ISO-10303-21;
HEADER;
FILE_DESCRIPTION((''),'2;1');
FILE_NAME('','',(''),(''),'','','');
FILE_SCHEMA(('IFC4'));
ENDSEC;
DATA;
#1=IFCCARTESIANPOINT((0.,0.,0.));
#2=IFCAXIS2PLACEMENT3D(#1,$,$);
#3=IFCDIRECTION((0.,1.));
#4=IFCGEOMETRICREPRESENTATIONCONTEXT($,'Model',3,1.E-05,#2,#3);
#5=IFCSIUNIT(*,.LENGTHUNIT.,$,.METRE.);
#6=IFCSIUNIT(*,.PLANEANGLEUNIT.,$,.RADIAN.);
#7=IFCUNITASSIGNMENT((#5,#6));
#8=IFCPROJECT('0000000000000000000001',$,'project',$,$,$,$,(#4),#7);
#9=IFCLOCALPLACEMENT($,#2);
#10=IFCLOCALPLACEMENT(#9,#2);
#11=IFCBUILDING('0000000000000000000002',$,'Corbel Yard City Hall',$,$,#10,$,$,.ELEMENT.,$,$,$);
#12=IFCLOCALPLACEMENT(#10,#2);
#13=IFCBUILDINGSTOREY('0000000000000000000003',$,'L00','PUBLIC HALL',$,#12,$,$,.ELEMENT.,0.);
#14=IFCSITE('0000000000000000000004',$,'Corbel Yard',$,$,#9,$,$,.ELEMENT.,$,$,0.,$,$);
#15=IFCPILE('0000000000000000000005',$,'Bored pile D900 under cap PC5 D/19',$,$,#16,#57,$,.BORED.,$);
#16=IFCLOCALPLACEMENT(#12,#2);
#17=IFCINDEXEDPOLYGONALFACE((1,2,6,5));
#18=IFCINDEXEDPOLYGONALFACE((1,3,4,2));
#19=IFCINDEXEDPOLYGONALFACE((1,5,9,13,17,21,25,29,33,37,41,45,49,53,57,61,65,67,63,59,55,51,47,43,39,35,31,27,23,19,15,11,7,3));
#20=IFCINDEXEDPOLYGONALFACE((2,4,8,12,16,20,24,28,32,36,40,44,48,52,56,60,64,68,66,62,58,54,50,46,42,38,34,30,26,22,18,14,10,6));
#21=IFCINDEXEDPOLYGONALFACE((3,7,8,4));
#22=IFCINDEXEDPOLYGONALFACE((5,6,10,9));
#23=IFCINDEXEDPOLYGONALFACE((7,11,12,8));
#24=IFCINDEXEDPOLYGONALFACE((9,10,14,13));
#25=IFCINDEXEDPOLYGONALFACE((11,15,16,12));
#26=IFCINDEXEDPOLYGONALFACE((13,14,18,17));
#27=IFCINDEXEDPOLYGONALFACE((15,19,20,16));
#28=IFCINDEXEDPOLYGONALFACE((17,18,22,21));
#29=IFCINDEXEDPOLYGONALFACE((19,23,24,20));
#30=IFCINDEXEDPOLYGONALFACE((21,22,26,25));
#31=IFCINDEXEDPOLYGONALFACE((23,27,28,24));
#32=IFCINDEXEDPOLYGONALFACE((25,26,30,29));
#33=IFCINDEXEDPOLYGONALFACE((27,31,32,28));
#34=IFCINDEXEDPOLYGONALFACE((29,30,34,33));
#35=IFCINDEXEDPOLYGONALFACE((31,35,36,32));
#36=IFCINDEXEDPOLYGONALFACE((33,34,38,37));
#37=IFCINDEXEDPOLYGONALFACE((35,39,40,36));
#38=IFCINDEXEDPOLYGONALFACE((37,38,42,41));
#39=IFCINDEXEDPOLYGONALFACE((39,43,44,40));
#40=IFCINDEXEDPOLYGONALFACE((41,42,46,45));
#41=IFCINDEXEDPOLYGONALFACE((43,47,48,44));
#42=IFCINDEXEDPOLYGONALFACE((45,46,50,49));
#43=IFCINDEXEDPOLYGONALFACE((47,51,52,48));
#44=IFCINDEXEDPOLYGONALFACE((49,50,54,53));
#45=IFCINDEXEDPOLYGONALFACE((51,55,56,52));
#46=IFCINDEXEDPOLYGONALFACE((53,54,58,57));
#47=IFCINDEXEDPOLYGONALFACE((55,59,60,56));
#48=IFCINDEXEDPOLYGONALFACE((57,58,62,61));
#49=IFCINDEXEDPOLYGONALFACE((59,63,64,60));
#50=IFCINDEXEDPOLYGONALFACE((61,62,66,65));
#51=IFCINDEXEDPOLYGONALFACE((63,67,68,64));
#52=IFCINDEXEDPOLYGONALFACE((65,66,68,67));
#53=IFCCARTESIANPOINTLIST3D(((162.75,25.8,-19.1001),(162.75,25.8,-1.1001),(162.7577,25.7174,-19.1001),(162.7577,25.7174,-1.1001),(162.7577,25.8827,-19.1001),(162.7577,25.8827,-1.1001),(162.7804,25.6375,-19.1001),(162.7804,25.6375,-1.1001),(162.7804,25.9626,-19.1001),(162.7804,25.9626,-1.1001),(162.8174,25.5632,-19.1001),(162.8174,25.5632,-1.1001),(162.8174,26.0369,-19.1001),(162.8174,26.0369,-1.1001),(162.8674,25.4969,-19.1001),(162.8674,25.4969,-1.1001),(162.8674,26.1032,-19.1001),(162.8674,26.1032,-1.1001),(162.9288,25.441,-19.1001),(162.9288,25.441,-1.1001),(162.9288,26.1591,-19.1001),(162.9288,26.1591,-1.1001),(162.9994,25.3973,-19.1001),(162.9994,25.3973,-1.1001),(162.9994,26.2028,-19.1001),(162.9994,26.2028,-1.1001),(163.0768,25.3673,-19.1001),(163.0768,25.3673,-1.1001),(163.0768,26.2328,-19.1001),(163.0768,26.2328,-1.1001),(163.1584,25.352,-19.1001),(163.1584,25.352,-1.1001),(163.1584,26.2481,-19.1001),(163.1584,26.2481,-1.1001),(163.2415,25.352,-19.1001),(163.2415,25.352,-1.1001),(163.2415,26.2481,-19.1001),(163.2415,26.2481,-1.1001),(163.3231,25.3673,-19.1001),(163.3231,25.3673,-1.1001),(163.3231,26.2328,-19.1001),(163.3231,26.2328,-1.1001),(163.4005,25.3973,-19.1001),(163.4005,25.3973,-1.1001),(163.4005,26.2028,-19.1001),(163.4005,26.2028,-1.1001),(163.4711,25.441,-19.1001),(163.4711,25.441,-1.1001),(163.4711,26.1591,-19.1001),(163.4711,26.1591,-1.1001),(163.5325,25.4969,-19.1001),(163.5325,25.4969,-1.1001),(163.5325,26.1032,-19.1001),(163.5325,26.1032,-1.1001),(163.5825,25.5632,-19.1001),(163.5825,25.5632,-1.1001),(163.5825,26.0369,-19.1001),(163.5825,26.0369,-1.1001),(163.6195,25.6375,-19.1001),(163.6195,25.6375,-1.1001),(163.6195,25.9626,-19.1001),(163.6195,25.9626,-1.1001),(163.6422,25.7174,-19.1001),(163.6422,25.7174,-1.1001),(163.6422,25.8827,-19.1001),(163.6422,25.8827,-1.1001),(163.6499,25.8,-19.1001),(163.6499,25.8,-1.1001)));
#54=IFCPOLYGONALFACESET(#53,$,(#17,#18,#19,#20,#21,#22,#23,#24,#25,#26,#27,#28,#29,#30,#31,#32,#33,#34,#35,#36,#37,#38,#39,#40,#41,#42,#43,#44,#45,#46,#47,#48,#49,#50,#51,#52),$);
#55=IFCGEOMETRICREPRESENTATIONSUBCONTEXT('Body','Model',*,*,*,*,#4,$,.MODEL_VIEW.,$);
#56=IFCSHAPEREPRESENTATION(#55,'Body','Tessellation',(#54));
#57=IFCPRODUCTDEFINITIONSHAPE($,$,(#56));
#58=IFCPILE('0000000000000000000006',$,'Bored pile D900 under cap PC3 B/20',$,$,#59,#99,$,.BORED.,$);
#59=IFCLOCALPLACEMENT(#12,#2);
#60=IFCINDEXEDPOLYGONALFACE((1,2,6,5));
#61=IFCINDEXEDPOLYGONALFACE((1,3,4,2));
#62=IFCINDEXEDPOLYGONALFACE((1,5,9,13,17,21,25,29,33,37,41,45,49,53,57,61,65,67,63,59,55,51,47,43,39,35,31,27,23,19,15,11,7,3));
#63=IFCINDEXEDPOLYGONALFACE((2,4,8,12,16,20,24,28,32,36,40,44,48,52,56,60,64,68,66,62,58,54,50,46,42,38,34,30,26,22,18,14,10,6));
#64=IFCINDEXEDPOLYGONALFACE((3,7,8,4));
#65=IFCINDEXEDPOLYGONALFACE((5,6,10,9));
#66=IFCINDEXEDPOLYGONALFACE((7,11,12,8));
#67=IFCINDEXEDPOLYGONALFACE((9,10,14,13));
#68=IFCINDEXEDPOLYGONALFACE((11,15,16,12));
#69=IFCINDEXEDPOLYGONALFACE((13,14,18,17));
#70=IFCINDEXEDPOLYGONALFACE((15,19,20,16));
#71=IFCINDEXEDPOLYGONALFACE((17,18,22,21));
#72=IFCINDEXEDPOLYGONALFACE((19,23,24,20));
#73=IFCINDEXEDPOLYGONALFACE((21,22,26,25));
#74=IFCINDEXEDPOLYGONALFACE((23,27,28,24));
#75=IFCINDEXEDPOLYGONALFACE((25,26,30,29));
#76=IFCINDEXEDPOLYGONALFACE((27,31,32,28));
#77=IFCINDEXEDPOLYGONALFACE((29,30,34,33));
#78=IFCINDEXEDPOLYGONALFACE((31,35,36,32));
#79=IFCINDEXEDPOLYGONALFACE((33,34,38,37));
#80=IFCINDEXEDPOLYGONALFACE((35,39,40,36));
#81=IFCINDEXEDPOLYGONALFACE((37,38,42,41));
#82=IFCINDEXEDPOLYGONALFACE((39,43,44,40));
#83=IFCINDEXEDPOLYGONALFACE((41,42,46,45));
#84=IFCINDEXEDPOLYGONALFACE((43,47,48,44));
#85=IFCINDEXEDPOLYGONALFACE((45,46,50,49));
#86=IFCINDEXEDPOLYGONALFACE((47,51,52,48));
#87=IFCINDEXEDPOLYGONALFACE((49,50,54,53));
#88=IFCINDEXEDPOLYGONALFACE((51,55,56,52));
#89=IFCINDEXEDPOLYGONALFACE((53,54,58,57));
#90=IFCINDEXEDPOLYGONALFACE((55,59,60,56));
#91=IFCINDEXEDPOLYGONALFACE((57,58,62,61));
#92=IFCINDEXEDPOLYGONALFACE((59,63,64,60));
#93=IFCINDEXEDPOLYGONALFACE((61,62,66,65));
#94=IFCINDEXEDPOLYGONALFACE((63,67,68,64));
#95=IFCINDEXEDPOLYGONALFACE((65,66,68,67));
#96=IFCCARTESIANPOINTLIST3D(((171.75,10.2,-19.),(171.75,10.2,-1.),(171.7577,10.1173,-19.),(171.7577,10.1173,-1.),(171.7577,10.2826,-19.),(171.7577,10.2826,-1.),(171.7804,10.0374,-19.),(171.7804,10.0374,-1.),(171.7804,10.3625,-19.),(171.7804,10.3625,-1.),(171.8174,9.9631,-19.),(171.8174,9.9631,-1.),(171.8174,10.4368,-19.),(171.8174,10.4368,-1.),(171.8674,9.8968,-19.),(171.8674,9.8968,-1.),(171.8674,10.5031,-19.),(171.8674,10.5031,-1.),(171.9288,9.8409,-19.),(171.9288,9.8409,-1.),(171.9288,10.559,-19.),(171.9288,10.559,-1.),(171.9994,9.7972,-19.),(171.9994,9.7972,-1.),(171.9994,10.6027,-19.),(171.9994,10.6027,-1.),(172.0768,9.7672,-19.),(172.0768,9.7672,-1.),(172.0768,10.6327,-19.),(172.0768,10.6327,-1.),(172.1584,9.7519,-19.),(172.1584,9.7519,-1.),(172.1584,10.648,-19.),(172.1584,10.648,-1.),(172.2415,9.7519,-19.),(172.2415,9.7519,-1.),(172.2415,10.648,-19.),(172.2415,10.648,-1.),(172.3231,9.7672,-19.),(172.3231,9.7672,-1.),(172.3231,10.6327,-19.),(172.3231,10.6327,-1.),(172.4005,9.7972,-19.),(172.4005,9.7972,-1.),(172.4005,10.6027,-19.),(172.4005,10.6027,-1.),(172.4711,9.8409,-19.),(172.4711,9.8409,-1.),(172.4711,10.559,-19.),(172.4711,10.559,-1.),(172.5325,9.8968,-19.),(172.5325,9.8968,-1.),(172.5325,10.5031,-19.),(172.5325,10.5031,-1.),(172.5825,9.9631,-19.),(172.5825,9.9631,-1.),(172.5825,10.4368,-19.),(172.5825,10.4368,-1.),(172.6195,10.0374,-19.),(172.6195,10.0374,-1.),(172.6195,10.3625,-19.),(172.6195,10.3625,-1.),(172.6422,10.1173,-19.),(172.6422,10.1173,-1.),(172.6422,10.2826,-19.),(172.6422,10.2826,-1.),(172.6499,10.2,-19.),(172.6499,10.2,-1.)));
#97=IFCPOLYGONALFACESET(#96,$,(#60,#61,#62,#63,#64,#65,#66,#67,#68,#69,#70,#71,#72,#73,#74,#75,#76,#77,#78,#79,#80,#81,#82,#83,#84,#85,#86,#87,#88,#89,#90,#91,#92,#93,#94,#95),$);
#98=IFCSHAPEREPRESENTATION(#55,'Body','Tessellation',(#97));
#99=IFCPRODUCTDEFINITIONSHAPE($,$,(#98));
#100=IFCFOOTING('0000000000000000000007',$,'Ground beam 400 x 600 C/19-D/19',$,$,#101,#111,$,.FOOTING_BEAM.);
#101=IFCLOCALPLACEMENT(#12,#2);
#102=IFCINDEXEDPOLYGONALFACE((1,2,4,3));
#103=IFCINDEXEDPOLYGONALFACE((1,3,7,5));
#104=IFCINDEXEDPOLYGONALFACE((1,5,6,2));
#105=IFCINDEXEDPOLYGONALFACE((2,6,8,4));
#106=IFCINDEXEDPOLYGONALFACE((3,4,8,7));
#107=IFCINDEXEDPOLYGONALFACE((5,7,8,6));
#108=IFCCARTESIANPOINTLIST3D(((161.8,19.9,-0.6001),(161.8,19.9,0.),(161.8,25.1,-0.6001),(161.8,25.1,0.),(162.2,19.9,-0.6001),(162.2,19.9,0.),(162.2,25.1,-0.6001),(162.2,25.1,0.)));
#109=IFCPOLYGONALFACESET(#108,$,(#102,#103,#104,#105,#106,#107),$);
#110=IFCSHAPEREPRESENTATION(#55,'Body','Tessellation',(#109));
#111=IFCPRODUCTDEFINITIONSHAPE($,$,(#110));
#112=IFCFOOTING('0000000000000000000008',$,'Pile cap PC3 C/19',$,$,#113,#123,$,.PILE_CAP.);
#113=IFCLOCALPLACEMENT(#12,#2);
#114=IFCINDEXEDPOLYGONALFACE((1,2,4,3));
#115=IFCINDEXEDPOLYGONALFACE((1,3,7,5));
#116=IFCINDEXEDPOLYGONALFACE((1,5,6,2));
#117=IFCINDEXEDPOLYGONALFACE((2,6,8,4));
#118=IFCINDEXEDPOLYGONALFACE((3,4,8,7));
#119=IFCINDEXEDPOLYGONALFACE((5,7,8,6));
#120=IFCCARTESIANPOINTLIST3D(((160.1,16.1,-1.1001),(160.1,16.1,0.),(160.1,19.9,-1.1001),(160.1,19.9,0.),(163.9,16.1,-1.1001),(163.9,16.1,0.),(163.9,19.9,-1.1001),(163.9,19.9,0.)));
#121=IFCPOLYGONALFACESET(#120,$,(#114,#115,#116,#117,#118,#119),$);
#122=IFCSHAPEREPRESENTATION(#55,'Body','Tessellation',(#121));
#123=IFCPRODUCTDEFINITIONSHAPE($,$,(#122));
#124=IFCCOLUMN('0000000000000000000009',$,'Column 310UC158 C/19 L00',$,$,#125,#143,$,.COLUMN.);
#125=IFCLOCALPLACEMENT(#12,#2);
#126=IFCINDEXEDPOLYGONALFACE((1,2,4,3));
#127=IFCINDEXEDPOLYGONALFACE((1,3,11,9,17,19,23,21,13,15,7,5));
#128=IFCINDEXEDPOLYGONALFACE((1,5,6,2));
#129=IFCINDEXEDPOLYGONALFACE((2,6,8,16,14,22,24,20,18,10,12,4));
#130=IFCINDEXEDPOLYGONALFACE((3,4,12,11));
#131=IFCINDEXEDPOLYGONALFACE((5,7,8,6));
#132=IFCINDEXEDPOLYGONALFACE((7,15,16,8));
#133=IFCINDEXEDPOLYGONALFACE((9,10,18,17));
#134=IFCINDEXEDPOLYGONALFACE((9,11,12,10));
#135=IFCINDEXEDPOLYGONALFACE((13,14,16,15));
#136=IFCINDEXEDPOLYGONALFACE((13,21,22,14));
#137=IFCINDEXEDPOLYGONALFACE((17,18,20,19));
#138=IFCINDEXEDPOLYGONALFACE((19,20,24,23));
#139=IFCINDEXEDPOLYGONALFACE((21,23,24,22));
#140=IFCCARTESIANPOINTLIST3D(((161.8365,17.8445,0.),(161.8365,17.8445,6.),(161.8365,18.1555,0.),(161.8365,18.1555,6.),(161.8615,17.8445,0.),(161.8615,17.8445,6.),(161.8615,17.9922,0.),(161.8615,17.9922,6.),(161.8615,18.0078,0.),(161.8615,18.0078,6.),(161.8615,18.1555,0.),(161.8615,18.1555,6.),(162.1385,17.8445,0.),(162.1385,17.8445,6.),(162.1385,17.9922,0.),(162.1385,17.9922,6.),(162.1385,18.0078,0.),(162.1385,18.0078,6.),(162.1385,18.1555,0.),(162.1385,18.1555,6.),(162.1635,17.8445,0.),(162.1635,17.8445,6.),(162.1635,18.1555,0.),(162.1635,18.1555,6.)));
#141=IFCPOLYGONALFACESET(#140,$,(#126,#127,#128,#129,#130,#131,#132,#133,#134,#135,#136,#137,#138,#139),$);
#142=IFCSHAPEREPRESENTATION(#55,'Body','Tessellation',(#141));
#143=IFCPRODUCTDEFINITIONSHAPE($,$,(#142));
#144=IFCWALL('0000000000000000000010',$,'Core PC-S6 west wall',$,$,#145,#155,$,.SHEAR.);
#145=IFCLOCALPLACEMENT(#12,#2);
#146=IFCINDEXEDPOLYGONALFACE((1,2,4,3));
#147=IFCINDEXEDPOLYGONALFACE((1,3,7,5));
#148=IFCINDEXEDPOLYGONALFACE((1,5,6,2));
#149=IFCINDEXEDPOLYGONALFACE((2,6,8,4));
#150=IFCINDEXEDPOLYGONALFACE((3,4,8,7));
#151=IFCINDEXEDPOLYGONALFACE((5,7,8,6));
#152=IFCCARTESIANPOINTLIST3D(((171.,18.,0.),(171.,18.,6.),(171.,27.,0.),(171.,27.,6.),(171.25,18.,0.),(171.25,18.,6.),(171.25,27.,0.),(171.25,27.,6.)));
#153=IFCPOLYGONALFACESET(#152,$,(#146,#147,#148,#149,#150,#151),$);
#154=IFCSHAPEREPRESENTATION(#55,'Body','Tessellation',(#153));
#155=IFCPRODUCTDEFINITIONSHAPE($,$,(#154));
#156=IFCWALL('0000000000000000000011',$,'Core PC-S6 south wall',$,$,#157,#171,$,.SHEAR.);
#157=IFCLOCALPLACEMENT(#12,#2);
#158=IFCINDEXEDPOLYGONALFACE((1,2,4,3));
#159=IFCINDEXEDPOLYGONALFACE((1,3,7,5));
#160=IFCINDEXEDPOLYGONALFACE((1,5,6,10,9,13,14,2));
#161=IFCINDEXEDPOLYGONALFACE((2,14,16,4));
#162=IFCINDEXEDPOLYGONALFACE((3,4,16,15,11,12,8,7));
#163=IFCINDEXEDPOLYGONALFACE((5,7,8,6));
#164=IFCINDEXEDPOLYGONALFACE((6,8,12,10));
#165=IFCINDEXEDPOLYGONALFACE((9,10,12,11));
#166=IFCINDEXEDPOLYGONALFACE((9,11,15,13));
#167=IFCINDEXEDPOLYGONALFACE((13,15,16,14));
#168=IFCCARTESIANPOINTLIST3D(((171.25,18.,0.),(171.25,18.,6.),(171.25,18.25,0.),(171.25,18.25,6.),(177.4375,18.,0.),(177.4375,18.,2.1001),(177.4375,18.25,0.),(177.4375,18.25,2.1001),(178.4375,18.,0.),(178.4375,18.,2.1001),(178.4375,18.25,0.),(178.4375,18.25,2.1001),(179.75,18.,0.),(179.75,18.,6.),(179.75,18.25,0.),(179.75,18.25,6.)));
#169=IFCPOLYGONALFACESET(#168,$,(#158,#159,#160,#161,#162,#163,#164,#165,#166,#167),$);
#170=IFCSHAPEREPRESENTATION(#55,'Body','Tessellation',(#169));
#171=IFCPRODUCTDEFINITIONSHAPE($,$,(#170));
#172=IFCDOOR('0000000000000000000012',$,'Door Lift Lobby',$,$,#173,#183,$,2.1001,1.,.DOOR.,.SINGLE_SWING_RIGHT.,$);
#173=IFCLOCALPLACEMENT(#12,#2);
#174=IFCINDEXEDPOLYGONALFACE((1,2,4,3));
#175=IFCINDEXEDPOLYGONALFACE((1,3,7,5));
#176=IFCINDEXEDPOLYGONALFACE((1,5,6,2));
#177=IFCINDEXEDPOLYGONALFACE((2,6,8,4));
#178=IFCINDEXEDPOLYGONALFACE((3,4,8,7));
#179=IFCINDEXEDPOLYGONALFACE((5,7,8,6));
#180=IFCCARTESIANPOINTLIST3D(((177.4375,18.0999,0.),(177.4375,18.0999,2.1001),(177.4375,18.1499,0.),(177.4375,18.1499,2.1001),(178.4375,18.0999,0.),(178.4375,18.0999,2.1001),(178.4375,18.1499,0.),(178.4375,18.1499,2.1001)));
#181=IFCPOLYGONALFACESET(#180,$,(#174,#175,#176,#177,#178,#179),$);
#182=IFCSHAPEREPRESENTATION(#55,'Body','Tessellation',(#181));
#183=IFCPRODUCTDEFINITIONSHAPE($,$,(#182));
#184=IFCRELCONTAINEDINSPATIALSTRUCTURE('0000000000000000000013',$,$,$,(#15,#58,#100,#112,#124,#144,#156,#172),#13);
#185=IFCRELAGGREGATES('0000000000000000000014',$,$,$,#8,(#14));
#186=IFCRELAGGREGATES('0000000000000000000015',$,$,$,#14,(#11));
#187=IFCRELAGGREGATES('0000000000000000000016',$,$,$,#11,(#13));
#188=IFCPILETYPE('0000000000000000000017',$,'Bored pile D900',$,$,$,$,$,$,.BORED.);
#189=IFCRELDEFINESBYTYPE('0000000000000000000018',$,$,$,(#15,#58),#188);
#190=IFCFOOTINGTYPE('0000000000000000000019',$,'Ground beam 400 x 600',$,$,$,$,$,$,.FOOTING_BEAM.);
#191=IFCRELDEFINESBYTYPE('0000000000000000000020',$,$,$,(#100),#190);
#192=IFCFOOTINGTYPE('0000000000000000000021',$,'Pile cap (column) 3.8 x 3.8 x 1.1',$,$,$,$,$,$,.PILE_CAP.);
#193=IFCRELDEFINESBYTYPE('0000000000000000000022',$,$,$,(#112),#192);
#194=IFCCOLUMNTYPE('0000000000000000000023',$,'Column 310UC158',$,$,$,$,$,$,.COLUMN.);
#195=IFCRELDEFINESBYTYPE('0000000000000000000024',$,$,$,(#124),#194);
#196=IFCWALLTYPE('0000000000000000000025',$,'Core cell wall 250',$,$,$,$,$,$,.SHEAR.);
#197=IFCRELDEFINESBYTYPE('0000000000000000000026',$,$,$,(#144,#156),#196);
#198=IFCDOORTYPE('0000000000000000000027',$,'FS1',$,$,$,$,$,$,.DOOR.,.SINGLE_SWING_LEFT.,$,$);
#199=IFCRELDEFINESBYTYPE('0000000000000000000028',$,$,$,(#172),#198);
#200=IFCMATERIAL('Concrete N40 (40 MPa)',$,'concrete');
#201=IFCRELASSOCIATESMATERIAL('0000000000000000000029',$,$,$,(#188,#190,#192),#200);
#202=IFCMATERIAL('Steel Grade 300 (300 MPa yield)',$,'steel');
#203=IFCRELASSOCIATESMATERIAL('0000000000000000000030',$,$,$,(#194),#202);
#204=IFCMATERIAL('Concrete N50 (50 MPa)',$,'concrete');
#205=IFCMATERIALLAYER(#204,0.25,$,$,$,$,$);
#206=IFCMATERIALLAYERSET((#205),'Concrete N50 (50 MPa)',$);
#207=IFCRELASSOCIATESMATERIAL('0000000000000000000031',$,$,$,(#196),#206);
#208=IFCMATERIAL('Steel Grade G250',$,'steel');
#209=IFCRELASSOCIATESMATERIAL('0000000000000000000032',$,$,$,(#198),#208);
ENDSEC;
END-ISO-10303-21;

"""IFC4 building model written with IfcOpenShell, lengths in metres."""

from ifc_helpers import new_model, si_unit, direction, frame, frame_2d, origin, origin_2d, place, context, subcontext, project, spatial, rectangle, circle, i_section, extrude, material, layer, layer_set, material_profile, profile_set, type_object, element, fill, save


model = new_model("IFC4")

# Units and contexts
model_context = context("Model", 3, precision=1e-05, world=origin(), true_north=direction((0.0, 1.0)))
body_context = subcontext(model_context, "Body", "Model", "MODEL_VIEW")
ifc_project = project(units=[si_unit("LENGTHUNIT", "METRE"), si_unit("PLANEANGLEUNIT", "RADIAN")], contexts=[model_context])

# Site, building, storey
site_placement = place(None, origin())
site = spatial("IfcSite", under=ifc_project, at=site_placement, Name="Corbel Yard", CompositionType="ELEMENT", RefElevation=0.0)
building_placement = place(site_placement, origin())
building = spatial("IfcBuilding", under=site, at=building_placement, Name="Corbel Yard City Hall", CompositionType="ELEMENT")
storey_placement = place(building_placement, origin())
storey = spatial("IfcBuildingStorey", under=building, at=storey_placement, Name="L00", Description="PUBLIC HALL", CompositionType="ELEMENT", Elevation=0.0)

# Piles
ifc_material_1 = material(Name="Concrete N40 (40 MPa)", Category="concrete")
ifc_material_profile_1 = material_profile(ifc_material_1, circle(Radius=0.45, at=origin_2d()), Name="D900")
ifc_profile_set_1 = profile_set([ifc_material_profile_1], Name="Concrete N40 (40 MPa)")
pile_type_1 = type_object("IfcPileType", Name="Bored pile D900", PredefinedType="BORED", material=ifc_profile_set_1)
for number, where, z_axis, x_axis, name in (
    (1, (163.2, 25.8, -1.1001), (0.0, 0.0, -1.0), (1.0, 0.0, 0.0), "Bored pile D900 under cap PC5 D/19"),
    (2, (172.2, 10.2, -1.0), (0.0, 0.0, -1.0), (1.0, 0.0, 0.0), "Bored pile D900 under cap PC3 B/20"),
):
    element("IfcPile", number, at=place(storey_placement, frame(where, z_axis=z_axis, x_axis=x_axis)), inside=storey, type_object=pile_type_1, Name=name, PredefinedType="BORED", context=body_context, shape_type="SweptSolid", body=[
        extrude(circle(Radius=0.45, at=origin_2d()), origin(), (0.0, 0.0, 1.0), 18.0),
    ])

# Footings
footing_type_1 = type_object("IfcFootingType", Name="Ground beam 400 x 600", PredefinedType="FOOTING_BEAM", material=ifc_material_1)
footing_1_placement = place(storey_placement, frame((162.0, 22.5, -0.6001), z_axis=(0.0, 0.0, 1.0), x_axis=(1.0, 0.0, 0.0)))
element("IfcFooting", 3, at=footing_1_placement, inside=storey, type_object=footing_type_1, Name="Ground beam 400 x 600 C/19-D/19", PredefinedType="FOOTING_BEAM", context=body_context, shape_type="SweptSolid", body=[
    extrude(rectangle(XDim=0.3999, YDim=5.2, at=origin_2d()), origin(), (0.0, 0.0, 1.0), 0.6001),
])
footing_type_2 = type_object("IfcFootingType", Name="Pile cap (column) 3.8 x 3.8 x 1.1", PredefinedType="PILE_CAP", material=ifc_material_1)
footing_2_placement = place(storey_placement, frame((162.0, 18.0, -1.1001), z_axis=(0.0, 0.0, 1.0), x_axis=(1.0, 0.0, 0.0)))
element("IfcFooting", 4, at=footing_2_placement, inside=storey, type_object=footing_type_2, Name="Pile cap PC3 C/19", PredefinedType="PILE_CAP", context=body_context, shape_type="SweptSolid", body=[
    extrude(rectangle(XDim=3.8, YDim=3.8, at=origin_2d()), origin(), (0.0, 0.0, 1.0), 1.1001),
])

# Column
ifc_material_2 = material(Name="Steel Grade 300 (300 MPa yield)", Category="steel")
ifc_material_profile_2 = material_profile(ifc_material_2, i_section(OverallWidth=0.311, OverallDepth=0.3269, WebThickness=0.0156, FlangeThickness=0.0249, at=origin_2d()), Name="310UC158")
ifc_profile_set_2 = profile_set([ifc_material_profile_2], Name="Steel Grade 300 (300 MPa yield)")
column_type = type_object("IfcColumnType", Name="Column 310UC158", PredefinedType="COLUMN", material=ifc_profile_set_2)
column_placement = place(storey_placement, frame((162.0, 18.0, 0.0), z_axis=(0.0, 0.0, 1.0), x_axis=(0.0, 1.0, 0.0)))
element("IfcColumn", 5, at=column_placement, inside=storey, type_object=column_type, Name="Column 310UC158 C/19 L00", PredefinedType="COLUMN", context=body_context, shape_type="SweptSolid", body=[
    extrude(i_section(OverallWidth=0.311, OverallDepth=0.3269, WebThickness=0.0156, FlangeThickness=0.0249, at=origin_2d()), origin(), (0.0, 0.0, 1.0), 6.0),
])

# Wall
ifc_material_3 = material(Name="Concrete N50 (50 MPa)", Category="concrete")
ifc_layer_1 = layer(ifc_material_3, 0.25)
ifc_layer_set_1 = layer_set([ifc_layer_1], Name="Concrete N50 (50 MPa)")
wall_type_1 = type_object("IfcWallType", Name="Core cell wall 250", PredefinedType="SHEAR", material=ifc_layer_set_1)
wall_1_placement = place(storey_placement, frame((171.125, 18.0, 0.0), z_axis=(0.0, 0.0, 1.0), x_axis=(0.0, 1.0, 0.0)))
element("IfcWall", 6, at=wall_1_placement, inside=storey, type_object=wall_type_1, Name="Core PC-S6 west wall", PredefinedType="SHEAR", context=body_context, shape_type="SweptSolid", body=[
    extrude(rectangle(XDim=9.0, YDim=0.25, at=frame_2d((4.5, 0.0))), origin(), (0.0, 0.0, 1.0), 6.0),
])

# Wall, opening, door
wall_2_placement = place(storey_placement, frame((171.25, 18.125, 0.0), z_axis=(0.0, 0.0, 1.0), x_axis=(1.0, 0.0, 0.0)))
wall_2 = element("IfcWall", 7, at=wall_2_placement, inside=storey, type_object=wall_type_1, Name="Core PC-S6 south wall", PredefinedType="SHEAR", context=body_context, shape_type="SweptSolid", body=[
    extrude(rectangle(XDim=8.5, YDim=0.25, at=frame_2d((4.25, 0.0))), origin(), (0.0, 0.0, 1.0), 6.0),
])
opening_1_placement = place(wall_2_placement, frame((6.1875, 0.0, 0.0)))
opening_1 = element("IfcOpeningElement", 8, at=opening_1_placement, cuts=wall_2, PredefinedType="OPENING", context=body_context, shape_type="SweptSolid", body=[
    extrude(rectangle(XDim=1.0, YDim=2.1001, at=frame_2d((0.5, 1.05))), frame((0.0, 0.135, 0.0), z_axis=(0.0, -1.0, 0.0), x_axis=(1.0, 0.0, 0.0)), (0.0, 0.0, 1.0), 0.27),
])
ifc_material_4 = material(Name="Steel Grade G250", Category="steel")
door_type_1 = type_object("IfcDoorType", Name="FS1", OperationType="SINGLE_SWING_LEFT", PredefinedType="DOOR", material=ifc_material_4)
door_1_placement = place(opening_1_placement, origin())
door_1 = element("IfcDoor", 9, at=door_1_placement, inside=storey, type_object=door_type_1, Name="Door Lift Lobby", OperationType="SINGLE_SWING_RIGHT", OverallHeight=2.1001, OverallWidth=1.0, PredefinedType="DOOR", context=body_context, shape_type="SweptSolid", body=[
    extrude(rectangle(XDim=1.0, YDim=2.1001, at=frame_2d((0.5, 1.05))), frame((0.0, 0.0249, 0.0), z_axis=(0.0, -1.0, 0.0), x_axis=(1.0, 0.0, 0.0)), (0.0, 0.0, 1.0), 0.05),
])
fill(opening_1, door_1)

save(model, "model.ifc")
